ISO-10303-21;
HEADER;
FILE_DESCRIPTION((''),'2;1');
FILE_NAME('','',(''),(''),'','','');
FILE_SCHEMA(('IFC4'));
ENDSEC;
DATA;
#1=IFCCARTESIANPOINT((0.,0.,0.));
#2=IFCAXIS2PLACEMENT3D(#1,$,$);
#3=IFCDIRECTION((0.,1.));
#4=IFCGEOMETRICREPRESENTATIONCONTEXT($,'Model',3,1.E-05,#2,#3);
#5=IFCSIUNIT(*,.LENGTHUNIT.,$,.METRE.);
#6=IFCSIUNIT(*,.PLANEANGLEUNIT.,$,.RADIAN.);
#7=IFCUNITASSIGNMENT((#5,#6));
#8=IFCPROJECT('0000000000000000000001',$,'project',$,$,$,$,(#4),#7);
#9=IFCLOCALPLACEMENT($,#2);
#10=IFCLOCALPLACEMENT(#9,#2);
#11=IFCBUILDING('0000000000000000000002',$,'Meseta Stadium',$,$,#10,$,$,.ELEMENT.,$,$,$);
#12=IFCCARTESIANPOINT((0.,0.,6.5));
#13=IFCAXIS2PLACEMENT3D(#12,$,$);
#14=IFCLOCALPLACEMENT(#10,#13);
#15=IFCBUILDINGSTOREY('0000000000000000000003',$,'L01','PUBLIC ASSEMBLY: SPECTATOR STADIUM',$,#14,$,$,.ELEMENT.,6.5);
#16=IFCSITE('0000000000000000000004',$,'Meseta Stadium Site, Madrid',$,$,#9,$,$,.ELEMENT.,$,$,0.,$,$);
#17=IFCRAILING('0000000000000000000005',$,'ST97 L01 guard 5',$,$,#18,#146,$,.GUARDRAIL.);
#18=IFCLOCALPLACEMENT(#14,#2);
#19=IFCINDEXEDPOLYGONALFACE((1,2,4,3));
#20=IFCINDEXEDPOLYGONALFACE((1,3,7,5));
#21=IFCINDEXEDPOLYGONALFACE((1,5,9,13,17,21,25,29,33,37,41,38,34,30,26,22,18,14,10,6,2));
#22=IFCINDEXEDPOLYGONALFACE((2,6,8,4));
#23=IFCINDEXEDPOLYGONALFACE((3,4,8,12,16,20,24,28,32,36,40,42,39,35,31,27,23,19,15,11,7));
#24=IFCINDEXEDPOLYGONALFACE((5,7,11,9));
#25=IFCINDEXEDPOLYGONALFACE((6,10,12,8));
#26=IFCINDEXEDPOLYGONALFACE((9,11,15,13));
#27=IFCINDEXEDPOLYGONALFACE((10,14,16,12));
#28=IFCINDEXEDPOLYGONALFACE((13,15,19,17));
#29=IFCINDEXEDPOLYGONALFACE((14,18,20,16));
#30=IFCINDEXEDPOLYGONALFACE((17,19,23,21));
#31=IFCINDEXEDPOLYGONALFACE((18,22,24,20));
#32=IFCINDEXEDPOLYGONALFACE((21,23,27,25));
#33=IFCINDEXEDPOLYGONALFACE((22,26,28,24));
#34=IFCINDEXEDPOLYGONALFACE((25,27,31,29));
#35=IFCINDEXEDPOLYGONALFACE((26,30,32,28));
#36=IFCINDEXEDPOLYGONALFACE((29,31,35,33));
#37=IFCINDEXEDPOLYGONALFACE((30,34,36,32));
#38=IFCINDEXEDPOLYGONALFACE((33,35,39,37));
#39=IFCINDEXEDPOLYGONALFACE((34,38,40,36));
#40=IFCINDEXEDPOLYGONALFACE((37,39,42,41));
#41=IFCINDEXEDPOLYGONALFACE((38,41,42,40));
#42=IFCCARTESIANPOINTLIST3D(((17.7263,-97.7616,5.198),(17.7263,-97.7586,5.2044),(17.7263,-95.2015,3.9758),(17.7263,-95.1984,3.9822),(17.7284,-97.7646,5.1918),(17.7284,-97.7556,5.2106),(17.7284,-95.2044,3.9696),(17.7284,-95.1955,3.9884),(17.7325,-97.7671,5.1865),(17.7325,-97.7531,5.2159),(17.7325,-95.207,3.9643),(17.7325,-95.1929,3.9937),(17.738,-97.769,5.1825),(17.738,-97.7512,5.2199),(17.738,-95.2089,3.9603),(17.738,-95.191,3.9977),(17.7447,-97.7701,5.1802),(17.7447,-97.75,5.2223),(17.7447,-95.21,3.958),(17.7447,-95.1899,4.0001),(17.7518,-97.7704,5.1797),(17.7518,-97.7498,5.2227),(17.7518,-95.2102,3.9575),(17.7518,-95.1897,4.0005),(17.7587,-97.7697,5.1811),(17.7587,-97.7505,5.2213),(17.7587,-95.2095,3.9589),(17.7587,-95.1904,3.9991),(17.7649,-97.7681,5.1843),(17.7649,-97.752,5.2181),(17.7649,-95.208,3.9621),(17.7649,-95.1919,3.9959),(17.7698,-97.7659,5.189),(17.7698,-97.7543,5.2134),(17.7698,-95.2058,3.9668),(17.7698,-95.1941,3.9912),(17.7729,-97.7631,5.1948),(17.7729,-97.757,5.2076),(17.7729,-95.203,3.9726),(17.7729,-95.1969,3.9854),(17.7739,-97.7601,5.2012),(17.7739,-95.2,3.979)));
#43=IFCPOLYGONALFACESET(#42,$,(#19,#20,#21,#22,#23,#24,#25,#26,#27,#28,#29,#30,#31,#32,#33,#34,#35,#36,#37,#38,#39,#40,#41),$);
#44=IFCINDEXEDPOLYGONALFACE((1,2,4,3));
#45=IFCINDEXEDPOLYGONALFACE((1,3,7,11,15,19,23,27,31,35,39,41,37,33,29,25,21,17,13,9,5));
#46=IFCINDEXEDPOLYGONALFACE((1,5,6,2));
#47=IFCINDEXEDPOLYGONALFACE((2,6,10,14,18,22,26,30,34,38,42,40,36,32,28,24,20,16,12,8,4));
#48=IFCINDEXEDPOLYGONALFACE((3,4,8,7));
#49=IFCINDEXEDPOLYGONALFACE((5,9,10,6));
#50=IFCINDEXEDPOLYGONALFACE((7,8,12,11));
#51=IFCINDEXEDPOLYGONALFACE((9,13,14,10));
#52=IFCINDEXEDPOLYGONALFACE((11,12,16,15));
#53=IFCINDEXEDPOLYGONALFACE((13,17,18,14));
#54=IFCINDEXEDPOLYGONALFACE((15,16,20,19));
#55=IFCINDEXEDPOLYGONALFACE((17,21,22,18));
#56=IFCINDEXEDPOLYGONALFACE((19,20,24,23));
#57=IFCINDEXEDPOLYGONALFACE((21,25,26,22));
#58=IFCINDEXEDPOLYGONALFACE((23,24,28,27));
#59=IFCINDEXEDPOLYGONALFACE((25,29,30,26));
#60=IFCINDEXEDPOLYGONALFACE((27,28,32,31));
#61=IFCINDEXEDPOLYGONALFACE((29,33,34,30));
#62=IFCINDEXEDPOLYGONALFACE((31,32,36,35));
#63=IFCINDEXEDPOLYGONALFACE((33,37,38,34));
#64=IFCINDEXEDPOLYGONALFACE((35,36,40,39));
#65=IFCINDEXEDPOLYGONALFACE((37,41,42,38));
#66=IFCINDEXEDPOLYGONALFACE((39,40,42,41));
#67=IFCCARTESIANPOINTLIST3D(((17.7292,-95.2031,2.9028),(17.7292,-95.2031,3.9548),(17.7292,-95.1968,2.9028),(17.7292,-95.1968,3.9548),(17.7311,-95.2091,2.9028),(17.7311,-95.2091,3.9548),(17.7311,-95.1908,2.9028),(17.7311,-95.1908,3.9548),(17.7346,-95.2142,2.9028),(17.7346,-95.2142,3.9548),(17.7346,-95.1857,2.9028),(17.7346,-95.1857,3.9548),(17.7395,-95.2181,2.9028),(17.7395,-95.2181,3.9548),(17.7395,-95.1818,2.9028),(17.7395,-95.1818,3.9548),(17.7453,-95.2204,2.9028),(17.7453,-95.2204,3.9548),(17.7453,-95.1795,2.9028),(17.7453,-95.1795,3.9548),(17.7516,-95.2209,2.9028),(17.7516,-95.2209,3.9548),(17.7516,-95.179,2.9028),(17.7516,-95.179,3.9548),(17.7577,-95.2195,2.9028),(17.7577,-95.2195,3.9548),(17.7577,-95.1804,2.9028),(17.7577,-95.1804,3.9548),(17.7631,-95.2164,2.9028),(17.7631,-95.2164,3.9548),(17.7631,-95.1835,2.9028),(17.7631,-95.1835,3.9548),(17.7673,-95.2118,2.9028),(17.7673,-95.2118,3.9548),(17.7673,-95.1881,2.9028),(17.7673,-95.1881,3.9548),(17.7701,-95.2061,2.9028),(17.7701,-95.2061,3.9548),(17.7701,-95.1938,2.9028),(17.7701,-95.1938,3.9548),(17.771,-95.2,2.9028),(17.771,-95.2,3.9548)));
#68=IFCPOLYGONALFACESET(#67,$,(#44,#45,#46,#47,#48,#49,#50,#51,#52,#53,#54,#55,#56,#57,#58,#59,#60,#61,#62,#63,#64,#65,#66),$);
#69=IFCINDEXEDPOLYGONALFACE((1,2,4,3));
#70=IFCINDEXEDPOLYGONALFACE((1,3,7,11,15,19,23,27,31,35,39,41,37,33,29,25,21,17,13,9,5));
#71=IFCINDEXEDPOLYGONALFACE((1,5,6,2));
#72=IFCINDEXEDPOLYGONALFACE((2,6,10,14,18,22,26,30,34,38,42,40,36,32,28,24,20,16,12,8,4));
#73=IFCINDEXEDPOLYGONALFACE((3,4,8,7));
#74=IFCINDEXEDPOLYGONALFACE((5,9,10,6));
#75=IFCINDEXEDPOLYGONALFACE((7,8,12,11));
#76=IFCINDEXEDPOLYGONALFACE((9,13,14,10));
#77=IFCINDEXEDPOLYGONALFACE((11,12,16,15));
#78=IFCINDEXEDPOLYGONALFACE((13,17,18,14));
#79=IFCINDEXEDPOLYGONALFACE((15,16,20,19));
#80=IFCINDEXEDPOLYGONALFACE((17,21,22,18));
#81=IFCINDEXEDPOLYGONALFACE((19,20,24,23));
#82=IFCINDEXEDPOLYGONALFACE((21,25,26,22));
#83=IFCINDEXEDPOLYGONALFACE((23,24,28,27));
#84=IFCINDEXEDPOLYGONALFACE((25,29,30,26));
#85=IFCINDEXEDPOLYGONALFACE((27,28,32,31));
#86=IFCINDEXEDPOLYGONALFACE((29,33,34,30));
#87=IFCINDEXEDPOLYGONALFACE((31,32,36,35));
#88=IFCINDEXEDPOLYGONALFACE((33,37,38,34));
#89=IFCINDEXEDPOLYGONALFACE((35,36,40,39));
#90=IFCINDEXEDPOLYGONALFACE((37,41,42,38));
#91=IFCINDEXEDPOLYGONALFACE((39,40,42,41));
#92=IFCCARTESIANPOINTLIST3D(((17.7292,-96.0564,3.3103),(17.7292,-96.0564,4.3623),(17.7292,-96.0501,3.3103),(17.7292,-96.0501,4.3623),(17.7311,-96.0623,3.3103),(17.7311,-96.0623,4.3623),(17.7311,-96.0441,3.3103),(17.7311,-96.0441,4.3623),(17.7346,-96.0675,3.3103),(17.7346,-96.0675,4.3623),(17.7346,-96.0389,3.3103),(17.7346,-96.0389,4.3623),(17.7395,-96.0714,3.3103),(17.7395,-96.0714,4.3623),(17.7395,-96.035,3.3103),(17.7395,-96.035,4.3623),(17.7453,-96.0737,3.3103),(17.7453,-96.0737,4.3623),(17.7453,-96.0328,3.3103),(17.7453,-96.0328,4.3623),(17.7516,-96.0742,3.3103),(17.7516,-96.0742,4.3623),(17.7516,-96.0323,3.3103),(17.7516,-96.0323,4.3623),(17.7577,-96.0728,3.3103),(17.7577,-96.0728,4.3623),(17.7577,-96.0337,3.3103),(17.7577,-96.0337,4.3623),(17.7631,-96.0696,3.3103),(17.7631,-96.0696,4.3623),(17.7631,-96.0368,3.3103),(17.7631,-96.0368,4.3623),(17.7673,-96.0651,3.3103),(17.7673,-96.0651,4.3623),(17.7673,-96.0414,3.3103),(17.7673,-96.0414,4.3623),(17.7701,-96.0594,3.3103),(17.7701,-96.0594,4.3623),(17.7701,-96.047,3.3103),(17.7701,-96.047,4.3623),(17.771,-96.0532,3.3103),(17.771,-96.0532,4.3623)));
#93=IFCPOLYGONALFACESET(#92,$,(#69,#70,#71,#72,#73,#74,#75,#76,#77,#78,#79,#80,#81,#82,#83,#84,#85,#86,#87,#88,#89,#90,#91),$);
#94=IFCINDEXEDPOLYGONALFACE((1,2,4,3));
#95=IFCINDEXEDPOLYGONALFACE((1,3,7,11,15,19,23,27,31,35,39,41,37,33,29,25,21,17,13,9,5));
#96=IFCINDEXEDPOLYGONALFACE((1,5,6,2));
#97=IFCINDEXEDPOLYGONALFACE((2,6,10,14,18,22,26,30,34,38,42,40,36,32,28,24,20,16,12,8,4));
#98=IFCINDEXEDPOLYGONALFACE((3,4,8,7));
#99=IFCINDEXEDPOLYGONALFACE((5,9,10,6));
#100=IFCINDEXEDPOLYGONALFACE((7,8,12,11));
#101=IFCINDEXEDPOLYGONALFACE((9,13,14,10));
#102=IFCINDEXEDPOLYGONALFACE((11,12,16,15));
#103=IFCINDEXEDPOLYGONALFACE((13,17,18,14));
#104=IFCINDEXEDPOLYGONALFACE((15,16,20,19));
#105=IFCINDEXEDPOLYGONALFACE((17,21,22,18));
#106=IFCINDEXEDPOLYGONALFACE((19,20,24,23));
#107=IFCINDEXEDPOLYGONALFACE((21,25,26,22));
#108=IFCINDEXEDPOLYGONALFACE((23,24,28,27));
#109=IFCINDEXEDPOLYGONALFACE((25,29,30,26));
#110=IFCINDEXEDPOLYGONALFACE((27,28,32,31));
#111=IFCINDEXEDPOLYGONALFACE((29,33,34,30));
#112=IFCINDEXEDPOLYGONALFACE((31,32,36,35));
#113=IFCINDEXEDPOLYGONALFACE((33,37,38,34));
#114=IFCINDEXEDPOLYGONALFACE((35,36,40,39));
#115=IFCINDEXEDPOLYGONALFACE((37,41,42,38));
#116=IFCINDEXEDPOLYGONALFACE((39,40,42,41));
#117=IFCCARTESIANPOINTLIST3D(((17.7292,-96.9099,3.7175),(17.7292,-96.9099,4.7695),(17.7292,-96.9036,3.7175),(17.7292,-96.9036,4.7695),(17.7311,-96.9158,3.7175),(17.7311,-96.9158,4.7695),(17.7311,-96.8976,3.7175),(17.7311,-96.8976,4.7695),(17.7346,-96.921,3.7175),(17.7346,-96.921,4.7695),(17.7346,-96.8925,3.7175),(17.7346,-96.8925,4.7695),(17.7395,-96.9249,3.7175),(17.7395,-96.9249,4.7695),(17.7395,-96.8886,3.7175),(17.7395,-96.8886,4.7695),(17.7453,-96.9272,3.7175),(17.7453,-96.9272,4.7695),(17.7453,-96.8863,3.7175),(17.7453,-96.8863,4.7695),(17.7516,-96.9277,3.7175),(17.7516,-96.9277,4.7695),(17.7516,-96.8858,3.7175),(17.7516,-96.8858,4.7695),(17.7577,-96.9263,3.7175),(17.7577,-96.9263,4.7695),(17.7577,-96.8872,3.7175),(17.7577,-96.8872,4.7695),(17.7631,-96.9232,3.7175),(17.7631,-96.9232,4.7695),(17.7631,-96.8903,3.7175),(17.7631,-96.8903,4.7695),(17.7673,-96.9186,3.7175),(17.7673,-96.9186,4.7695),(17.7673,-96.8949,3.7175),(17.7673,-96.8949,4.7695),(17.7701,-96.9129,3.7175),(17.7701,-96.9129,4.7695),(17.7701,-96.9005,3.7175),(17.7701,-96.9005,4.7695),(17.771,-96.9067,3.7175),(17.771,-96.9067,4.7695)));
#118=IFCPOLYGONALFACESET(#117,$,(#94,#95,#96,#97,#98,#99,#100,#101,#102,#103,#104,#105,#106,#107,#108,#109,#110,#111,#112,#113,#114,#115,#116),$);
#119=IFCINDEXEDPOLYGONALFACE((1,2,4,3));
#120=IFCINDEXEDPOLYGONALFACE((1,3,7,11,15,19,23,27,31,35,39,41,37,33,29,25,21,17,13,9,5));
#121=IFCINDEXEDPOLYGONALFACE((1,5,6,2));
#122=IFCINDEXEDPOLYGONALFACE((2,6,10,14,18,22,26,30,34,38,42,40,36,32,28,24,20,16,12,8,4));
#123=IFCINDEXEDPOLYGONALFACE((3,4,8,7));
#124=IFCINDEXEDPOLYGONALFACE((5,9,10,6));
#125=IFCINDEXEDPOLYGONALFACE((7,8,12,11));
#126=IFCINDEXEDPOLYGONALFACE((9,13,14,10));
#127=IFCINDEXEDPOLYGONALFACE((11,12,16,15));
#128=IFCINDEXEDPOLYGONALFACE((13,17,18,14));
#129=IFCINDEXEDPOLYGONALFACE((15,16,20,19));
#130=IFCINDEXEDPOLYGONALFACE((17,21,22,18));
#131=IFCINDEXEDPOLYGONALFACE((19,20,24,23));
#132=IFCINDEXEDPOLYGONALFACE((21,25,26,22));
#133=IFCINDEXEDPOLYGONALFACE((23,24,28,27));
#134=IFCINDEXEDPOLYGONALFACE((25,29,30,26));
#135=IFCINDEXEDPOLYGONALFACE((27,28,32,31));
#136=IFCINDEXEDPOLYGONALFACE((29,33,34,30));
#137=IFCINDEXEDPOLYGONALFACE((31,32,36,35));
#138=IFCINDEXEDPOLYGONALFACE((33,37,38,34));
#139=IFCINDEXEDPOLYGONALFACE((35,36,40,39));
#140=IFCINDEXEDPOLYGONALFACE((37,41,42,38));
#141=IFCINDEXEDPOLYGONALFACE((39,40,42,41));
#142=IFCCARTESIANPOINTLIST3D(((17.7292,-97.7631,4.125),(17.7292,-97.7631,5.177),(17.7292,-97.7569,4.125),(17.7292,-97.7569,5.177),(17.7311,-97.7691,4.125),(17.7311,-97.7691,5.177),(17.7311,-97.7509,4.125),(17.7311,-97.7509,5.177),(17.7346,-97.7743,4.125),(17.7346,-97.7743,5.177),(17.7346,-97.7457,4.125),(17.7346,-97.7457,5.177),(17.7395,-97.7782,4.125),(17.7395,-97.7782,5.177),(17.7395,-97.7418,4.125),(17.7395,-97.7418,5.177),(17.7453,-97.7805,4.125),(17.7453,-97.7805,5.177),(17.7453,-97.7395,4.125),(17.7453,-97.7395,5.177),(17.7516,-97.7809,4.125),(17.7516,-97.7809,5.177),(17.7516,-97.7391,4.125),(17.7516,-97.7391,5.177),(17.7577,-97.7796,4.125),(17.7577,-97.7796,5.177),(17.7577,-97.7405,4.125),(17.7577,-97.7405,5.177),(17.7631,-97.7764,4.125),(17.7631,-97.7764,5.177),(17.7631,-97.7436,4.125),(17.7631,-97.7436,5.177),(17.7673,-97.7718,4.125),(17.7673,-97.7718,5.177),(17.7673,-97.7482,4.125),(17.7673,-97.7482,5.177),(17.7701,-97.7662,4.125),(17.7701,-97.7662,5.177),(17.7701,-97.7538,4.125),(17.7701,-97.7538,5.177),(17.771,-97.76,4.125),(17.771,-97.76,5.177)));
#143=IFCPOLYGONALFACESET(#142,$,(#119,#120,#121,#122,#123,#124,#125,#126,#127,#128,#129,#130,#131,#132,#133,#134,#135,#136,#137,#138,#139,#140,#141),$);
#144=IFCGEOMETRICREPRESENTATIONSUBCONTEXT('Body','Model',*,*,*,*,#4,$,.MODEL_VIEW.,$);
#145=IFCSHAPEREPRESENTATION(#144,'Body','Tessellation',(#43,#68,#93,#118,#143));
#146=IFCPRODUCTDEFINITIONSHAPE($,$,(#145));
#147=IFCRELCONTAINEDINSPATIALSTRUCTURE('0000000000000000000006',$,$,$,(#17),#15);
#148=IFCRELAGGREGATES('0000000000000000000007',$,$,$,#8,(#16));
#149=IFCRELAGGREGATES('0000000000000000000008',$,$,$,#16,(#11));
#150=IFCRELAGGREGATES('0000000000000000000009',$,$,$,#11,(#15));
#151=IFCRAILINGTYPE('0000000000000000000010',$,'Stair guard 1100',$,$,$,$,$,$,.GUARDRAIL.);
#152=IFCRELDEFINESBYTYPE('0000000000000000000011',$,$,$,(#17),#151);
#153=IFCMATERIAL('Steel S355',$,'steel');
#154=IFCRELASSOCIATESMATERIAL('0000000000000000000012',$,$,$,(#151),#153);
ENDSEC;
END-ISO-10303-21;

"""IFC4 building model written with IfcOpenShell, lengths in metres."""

from ifc_helpers import new_model, si_unit, direction, frame, origin, origin_2d, place, context, subcontext, project, spatial, circle, extrude, material, type_object, element, save


model = new_model("IFC4")

# Units and contexts
model_context = context("Model", 3, precision=1e-05, world=origin(), true_north=direction((0.0, 1.0)))
body_context = subcontext(model_context, "Body", "Model", "MODEL_VIEW")
ifc_project = project(units=[si_unit("LENGTHUNIT", "METRE"), si_unit("PLANEANGLEUNIT", "RADIAN")], contexts=[model_context])

# Site, building, storey
site_placement = place(None, origin())
site = spatial("IfcSite", under=ifc_project, at=site_placement, Name="Meseta Stadium Site, Madrid", CompositionType="ELEMENT", RefElevation=0.0)
building_placement = place(site_placement, origin())
building = spatial("IfcBuilding", under=site, at=building_placement, Name="Meseta Stadium", CompositionType="ELEMENT")
storey_placement = place(building_placement, frame((0.0, 0.0, 6.5)))
storey = spatial("IfcBuildingStorey", under=building, at=storey_placement, Name="L01", Description="PUBLIC ASSEMBLY: SPECTATOR STADIUM", CompositionType="ELEMENT", Elevation=6.5)

# Railing
ifc_material_1 = material(Name="Steel S355", Category="steel")
railing_type_1 = type_object("IfcRailingType", Name="Stair guard 1100", PredefinedType="GUARDRAIL", material=ifc_material_1)
railing_1_placement = place(storey_placement, frame((17.75, -95.2, 2.9028)))
element("IfcRailing", 1, at=railing_1_placement, inside=storey, type_object=railing_type_1, Name="ST97 L01 guard 5", PredefinedType="GUARDRAIL", context=body_context, shape_type="SweptSolid", body=[
    extrude(circle(Radius=0.0239, at=origin_2d()), frame((0.0, 0.0, 1.0762), z_axis=(0.0, -0.902437, 0.430822), x_axis=(1.0, 0.0, 0.0)), (0.0, 0.0, 1.0), 2.8369),
    extrude(circle(Radius=0.021, at=origin_2d()), origin(), (0.0, 0.0, 1.0), 1.052),
    extrude(circle(Radius=0.021, at=origin_2d()), frame((0.0, -0.8533, 0.4075)), (0.0, 0.0, 1.0), 1.052),
    extrude(circle(Radius=0.021, at=origin_2d()), frame((0.0, -1.7068, 0.8147)), (0.0, 0.0, 1.0), 1.052),
    extrude(circle(Radius=0.021, at=origin_2d()), frame((0.0, -2.5601, 1.2222)), (0.0, 0.0, 1.0), 1.052),
])

save(model, "model.ifc")
